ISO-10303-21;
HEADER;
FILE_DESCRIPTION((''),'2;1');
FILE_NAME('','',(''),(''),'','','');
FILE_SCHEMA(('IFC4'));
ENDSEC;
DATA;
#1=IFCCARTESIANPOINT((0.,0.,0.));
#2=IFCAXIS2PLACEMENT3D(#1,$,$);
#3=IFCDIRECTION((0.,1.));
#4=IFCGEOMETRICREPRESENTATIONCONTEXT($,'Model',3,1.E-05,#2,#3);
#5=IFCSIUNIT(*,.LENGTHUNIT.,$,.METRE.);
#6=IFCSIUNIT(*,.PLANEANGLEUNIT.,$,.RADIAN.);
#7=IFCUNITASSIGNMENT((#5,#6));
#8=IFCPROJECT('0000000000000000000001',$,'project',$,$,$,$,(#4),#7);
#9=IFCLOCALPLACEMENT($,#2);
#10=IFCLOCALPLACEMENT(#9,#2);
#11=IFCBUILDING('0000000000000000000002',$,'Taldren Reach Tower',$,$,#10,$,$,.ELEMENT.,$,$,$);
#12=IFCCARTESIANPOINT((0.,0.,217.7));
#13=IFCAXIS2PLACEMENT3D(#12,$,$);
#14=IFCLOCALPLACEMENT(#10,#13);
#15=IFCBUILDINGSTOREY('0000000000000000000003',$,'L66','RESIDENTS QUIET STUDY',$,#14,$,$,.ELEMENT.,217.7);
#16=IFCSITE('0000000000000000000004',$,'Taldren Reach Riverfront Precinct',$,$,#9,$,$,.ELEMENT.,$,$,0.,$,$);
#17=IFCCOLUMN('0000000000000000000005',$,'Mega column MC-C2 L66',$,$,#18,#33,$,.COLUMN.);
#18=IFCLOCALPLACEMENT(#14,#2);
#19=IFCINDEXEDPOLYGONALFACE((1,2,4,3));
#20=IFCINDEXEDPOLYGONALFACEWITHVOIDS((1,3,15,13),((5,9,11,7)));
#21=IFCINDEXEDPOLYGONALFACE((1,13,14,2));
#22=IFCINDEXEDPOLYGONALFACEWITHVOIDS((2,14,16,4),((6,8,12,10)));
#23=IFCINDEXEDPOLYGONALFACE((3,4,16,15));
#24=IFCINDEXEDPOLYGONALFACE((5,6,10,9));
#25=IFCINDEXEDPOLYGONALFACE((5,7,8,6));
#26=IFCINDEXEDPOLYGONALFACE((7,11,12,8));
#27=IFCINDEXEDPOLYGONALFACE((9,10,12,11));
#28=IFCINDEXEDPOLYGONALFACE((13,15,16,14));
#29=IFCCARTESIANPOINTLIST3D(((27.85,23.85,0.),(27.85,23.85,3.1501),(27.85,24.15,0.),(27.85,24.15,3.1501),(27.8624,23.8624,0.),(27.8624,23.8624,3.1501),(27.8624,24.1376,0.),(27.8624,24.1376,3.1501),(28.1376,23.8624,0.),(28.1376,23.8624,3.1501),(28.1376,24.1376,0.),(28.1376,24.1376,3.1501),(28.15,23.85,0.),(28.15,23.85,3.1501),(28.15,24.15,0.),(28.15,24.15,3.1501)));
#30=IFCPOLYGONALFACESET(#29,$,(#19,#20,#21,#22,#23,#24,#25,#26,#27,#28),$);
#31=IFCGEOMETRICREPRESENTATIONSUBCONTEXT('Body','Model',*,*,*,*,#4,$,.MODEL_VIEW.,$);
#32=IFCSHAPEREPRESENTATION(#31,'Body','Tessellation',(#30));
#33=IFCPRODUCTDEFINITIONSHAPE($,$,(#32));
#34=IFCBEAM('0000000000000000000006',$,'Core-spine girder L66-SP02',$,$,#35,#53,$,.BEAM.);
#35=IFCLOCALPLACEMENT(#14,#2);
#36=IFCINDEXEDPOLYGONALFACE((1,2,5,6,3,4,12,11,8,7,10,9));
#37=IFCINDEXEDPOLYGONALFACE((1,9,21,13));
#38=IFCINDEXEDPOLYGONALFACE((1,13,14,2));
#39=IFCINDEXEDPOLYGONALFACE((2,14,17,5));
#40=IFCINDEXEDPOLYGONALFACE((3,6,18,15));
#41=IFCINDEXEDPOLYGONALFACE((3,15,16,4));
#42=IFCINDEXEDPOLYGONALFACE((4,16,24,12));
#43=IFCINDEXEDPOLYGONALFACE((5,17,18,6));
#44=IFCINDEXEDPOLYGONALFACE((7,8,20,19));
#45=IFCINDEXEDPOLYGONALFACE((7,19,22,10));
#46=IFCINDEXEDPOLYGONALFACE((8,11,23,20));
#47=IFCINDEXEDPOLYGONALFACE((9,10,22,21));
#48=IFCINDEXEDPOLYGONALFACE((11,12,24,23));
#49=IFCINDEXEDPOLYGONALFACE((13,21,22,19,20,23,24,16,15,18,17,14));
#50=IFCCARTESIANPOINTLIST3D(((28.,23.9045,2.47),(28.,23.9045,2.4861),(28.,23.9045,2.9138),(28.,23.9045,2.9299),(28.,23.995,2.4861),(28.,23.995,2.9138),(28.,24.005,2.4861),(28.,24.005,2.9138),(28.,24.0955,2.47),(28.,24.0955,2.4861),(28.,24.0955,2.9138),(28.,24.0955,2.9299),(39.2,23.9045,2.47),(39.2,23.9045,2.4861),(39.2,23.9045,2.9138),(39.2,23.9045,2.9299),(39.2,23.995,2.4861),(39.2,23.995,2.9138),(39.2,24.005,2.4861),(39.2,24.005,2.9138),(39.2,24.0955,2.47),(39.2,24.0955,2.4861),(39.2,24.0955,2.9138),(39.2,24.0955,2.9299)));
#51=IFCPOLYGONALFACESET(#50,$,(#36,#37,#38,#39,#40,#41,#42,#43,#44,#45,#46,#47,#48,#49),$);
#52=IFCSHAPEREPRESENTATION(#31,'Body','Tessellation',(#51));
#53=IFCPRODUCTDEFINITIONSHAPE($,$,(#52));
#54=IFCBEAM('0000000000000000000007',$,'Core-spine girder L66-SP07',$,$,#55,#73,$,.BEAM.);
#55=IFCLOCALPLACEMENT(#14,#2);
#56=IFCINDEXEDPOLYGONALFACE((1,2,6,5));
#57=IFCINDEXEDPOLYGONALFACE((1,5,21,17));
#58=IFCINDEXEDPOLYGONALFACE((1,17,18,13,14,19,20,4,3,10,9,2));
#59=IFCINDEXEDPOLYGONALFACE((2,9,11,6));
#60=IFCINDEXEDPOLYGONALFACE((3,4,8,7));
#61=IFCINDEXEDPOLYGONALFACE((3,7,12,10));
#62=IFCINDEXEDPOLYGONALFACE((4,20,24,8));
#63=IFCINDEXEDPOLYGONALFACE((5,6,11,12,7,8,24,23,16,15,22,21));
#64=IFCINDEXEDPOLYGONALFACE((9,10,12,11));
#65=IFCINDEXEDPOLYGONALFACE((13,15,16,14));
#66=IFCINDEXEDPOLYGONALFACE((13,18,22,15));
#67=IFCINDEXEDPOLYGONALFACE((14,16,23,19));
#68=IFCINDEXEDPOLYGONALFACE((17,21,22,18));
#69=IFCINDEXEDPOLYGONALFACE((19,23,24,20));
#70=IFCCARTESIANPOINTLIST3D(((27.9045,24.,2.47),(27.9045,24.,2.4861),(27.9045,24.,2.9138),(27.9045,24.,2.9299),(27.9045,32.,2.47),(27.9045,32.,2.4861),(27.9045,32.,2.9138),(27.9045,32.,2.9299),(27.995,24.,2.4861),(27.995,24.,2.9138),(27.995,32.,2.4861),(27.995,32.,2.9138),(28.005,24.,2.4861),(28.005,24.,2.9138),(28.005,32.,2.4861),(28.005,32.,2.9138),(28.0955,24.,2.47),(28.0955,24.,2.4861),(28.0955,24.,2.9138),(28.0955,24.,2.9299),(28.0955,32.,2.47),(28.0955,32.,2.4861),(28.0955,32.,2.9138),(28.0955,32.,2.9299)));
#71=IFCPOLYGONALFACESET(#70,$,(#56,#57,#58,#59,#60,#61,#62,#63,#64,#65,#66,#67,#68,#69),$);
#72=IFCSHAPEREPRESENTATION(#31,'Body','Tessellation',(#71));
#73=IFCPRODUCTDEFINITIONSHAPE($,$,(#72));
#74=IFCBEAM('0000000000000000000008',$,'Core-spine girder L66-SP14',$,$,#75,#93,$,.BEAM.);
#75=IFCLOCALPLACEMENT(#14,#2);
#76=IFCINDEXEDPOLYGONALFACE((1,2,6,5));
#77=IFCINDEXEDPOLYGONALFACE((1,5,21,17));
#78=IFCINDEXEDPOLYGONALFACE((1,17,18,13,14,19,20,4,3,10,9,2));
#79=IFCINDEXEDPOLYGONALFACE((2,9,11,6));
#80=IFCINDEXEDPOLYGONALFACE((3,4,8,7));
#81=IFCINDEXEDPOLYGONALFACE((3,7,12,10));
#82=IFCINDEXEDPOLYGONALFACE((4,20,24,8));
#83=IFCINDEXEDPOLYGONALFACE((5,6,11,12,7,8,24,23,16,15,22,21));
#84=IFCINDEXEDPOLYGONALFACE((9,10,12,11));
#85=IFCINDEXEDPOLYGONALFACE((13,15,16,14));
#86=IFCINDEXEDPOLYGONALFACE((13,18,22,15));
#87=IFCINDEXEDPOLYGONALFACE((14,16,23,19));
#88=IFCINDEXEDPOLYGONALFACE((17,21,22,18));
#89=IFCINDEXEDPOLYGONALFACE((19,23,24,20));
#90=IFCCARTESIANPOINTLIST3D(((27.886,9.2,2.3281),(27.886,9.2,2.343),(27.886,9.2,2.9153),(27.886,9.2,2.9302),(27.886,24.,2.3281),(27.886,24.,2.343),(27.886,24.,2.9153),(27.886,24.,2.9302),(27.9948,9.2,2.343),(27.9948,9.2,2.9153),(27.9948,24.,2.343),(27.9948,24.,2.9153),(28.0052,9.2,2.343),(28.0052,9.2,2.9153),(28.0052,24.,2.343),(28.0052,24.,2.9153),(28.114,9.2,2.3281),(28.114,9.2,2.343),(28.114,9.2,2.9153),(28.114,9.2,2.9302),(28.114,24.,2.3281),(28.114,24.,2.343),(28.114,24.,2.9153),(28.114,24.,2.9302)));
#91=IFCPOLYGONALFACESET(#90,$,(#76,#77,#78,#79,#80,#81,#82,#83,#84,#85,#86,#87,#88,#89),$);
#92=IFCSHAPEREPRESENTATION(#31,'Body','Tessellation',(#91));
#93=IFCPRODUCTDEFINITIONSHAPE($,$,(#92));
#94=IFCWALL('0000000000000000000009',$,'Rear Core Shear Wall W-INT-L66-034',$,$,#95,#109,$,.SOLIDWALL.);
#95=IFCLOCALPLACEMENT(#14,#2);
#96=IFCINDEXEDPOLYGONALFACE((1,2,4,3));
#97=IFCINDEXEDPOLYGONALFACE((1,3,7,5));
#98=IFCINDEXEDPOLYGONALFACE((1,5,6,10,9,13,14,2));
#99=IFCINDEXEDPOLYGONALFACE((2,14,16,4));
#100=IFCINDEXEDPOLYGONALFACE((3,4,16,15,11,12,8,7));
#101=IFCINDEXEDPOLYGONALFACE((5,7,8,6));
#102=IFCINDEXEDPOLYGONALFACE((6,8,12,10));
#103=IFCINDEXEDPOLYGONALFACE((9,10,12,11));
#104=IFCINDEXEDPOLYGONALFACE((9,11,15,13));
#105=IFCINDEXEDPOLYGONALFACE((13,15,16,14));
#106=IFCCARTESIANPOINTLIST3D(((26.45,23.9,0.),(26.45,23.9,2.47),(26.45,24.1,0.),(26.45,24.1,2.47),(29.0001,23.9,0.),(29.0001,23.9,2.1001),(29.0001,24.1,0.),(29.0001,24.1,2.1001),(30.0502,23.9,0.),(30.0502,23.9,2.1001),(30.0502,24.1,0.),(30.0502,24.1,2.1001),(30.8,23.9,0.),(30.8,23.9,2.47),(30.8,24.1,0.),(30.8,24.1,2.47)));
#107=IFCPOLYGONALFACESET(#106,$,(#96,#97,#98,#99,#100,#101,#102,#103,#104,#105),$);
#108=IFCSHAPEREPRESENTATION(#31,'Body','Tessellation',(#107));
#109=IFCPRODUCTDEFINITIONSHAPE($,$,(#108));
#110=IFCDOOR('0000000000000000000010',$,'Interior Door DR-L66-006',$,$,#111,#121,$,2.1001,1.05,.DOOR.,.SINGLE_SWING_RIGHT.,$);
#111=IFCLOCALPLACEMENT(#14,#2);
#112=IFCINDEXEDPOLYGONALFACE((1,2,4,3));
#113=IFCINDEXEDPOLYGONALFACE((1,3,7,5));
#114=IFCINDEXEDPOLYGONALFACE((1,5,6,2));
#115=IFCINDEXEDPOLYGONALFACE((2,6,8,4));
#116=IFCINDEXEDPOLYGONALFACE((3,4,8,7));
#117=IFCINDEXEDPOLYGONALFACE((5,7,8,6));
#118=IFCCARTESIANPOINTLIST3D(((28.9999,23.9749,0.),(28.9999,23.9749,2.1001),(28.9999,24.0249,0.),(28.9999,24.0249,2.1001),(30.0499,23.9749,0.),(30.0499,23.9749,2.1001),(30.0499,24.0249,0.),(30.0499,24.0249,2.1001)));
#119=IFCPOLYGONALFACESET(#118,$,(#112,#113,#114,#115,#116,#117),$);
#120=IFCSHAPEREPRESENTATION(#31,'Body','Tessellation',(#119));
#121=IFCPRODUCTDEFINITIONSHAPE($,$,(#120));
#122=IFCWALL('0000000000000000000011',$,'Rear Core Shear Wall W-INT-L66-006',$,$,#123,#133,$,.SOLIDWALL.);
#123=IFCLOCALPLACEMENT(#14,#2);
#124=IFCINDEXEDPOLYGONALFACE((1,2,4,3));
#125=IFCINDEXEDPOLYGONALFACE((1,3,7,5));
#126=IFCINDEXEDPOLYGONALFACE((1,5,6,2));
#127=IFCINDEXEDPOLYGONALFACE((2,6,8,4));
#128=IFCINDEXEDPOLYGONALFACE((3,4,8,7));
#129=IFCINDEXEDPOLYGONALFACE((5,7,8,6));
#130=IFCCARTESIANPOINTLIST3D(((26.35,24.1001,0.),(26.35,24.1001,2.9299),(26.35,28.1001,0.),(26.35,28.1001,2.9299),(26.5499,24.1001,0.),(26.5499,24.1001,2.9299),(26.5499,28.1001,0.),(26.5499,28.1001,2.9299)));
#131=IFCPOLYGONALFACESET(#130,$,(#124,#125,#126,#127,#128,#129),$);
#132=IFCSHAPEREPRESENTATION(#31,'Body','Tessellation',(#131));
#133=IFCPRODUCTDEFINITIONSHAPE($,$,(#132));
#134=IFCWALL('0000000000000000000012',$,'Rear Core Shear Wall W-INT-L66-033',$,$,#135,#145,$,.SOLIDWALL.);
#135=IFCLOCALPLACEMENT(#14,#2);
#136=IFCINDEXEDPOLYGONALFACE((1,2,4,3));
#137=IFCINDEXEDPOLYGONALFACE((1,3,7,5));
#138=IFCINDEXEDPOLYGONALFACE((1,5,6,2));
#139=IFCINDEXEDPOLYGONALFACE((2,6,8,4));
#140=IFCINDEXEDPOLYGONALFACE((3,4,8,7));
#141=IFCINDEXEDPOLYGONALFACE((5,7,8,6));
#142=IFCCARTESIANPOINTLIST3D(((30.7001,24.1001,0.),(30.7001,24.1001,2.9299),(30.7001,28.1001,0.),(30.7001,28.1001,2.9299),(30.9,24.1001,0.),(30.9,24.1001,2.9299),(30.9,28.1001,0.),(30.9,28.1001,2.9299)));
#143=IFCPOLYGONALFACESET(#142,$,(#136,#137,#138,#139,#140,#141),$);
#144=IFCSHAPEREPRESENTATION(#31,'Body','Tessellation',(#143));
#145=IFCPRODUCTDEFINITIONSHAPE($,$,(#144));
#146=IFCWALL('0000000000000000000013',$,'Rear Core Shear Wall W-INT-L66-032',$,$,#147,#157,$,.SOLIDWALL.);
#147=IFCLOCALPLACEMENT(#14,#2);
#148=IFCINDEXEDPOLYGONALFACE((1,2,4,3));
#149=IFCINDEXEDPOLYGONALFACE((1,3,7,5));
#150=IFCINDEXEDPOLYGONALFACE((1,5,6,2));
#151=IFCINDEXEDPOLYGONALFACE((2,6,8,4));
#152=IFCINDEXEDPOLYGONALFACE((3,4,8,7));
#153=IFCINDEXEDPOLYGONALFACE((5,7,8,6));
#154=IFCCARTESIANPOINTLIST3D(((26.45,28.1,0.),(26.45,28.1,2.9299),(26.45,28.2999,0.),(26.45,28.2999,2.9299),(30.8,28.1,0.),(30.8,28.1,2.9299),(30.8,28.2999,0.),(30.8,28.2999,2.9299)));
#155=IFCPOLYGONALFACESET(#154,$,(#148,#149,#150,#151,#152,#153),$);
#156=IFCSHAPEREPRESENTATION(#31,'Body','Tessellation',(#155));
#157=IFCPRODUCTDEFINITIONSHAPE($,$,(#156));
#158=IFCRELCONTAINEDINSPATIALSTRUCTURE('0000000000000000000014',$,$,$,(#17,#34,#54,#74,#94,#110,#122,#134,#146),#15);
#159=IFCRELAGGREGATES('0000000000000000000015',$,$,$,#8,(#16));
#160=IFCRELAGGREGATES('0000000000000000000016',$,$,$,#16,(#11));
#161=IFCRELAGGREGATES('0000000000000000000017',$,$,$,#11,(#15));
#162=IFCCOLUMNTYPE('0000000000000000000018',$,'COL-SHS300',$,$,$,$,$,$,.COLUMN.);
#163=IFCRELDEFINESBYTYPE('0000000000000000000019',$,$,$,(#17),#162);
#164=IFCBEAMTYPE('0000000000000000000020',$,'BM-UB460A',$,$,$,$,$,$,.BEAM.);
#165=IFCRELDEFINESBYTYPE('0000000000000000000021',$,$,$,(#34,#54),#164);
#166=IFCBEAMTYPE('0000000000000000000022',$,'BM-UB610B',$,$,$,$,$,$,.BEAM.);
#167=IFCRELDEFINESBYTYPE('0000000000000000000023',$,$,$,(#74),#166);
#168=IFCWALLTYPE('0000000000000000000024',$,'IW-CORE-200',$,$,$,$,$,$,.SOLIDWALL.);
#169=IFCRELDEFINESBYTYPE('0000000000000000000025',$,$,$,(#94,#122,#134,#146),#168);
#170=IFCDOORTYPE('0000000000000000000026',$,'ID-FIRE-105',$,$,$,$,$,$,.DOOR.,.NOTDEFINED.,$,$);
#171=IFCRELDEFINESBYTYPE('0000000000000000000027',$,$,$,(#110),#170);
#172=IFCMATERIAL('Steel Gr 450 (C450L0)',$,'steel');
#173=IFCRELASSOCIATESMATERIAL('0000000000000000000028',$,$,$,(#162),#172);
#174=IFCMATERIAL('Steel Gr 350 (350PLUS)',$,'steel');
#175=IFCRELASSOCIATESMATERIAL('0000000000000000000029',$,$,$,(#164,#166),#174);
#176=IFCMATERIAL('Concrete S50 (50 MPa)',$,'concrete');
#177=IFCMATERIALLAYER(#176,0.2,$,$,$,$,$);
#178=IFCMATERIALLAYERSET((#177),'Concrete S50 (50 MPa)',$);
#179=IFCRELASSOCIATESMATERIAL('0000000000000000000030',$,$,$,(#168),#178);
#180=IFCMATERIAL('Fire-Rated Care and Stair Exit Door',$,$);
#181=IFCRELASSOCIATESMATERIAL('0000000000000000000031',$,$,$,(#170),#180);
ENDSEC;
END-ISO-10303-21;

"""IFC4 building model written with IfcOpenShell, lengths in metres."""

from ifc_helpers import new_model, si_unit, direction, frame, frame_2d, origin, origin_2d, place, context, subcontext, project, spatial, rectangle, hollow_rectangle, i_section, extrude, source, transform, mapped, material, layer, layer_set, material_profile, profile_set, type_object, element, fill, save


model = new_model("IFC4")

# Units and contexts
model_context = context("Model", 3, precision=1e-05, world=origin(), true_north=direction((0.0, 1.0)))
body_context = subcontext(model_context, "Body", "Model", "MODEL_VIEW")
ifc_project = project(units=[si_unit("LENGTHUNIT", "METRE"), si_unit("PLANEANGLEUNIT", "RADIAN")], contexts=[model_context])

# Site, building, storey
site_placement = place(None, origin())
site = spatial("IfcSite", under=ifc_project, at=site_placement, Name="Taldren Reach Riverfront Precinct", CompositionType="ELEMENT", RefElevation=0.0)
building_placement = place(site_placement, origin())
building = spatial("IfcBuilding", under=site, at=building_placement, Name="Taldren Reach Tower", CompositionType="ELEMENT")
storey_placement = place(building_placement, frame((0.0, 0.0, 217.7)))
storey = spatial("IfcBuildingStorey", under=building, at=storey_placement, Name="L66", Description="RESIDENTS QUIET STUDY", CompositionType="ELEMENT", Elevation=217.7)

# Column
ifc_material_1 = material(Name="Steel Gr 450 (C450L0)", Category="steel")
ifc_material_profile_1 = material_profile(ifc_material_1, hollow_rectangle(XDim=0.3, YDim=0.3, WallThickness=0.0125, at=origin_2d()), Name="300x300x12.5SHS")
ifc_profile_set_1 = profile_set([ifc_material_profile_1], Name="Steel Gr 450 (C450L0)")
column_type = type_object("IfcColumnType", Name="COL-SHS300", PredefinedType="COLUMN", material=ifc_profile_set_1)
shared_shape_1 = source(origin(), body_context, "Body", "SweptSolid", [
    extrude(hollow_rectangle(XDim=0.3, YDim=0.3, WallThickness=0.0125, at=origin_2d()), origin(), (0.0, 0.0, 1.0), 3.1501),
])
column_placement = place(storey_placement, frame((28.0, 24.0, 0.0), z_axis=(0.0, 0.0, 1.0), x_axis=(1.0, 0.0, 0.0)))
element("IfcColumn", 1, at=column_placement, inside=storey, type_object=column_type, Name="Mega column MC-C2 L66", PredefinedType="COLUMN", context=body_context, shape_type="MappedRepresentation", body=[
    mapped(shared_shape_1, transform((0.0, 0.0, 0.0), scale=1.0)),
])

# Beams
ifc_material_2 = material(Name="Steel Gr 350 (350PLUS)", Category="steel")
ifc_material_profile_2 = material_profile(ifc_material_2, i_section(OverallWidth=0.1909, OverallDepth=0.46, WebThickness=0.01, FlangeThickness=0.0161, at=origin_2d()), Name="460UB82.1")
ifc_profile_set_2 = profile_set([ifc_material_profile_2], Name="Steel Gr 350 (350PLUS)")
beam_type_1 = type_object("IfcBeamType", Name="BM-UB460A", PredefinedType="BEAM", material=ifc_profile_set_2)
shared_shape_2 = source(origin(), body_context, "Body", "SweptSolid", [
    extrude(i_section(OverallWidth=0.1909, OverallDepth=0.46, WebThickness=0.01, FlangeThickness=0.0161, at=origin_2d()), origin(), (0.0, 0.0, 1.0), 11.2),
])
beam_1_placement = place(storey_placement, frame((28.0, 24.0, 2.7), z_axis=(1.0, 0.0, 0.0), x_axis=(0.0, 1.0, 0.0)))
element("IfcBeam", 2, at=beam_1_placement, inside=storey, type_object=beam_type_1, Name="Core-spine girder L66-SP02", PredefinedType="BEAM", context=body_context, shape_type="MappedRepresentation", body=[
    mapped(shared_shape_2, transform((0.0, 0.0, 0.0), scale=1.0)),
])
shared_shape_3 = source(origin(), body_context, "Body", "SweptSolid", [
    extrude(i_section(OverallWidth=0.1909, OverallDepth=0.46, WebThickness=0.01, FlangeThickness=0.0161, at=origin_2d()), origin(), (0.0, 0.0, 1.0), 8.0),
])
beam_2_placement = place(storey_placement, frame((28.0, 24.0, 2.7), z_axis=(0.0, 1.0, 0.0), x_axis=(-1.0, 0.0, 0.0)))
element("IfcBeam", 3, at=beam_2_placement, inside=storey, type_object=beam_type_1, Name="Core-spine girder L66-SP07", PredefinedType="BEAM", context=body_context, shape_type="MappedRepresentation", body=[
    mapped(shared_shape_3, transform((0.0, 0.0, 0.0), scale=1.0)),
])
ifc_material_profile_3 = material_profile(ifc_material_2, i_section(OverallWidth=0.228, OverallDepth=0.6021, WebThickness=0.0105, FlangeThickness=0.0149, at=origin_2d()), Name="610UB101")
ifc_profile_set_3 = profile_set([ifc_material_profile_3], Name="Steel Gr 350 (350PLUS)")
beam_type_2 = type_object("IfcBeamType", Name="BM-UB610B", PredefinedType="BEAM", material=ifc_profile_set_3)
shared_shape_4 = source(origin(), body_context, "Body", "SweptSolid", [
    extrude(i_section(OverallWidth=0.228, OverallDepth=0.6021, WebThickness=0.0105, FlangeThickness=0.0149, at=origin_2d()), origin(), (0.0, 0.0, 1.0), 14.8),
])
beam_3_placement = place(storey_placement, frame((28.0, 24.0, 2.6292), z_axis=(0.0, -1.0, 0.0), x_axis=(1.0, 0.0, 0.0)))
element("IfcBeam", 4, at=beam_3_placement, inside=storey, type_object=beam_type_2, Name="Core-spine girder L66-SP14", PredefinedType="BEAM", context=body_context, shape_type="MappedRepresentation", body=[
    mapped(shared_shape_4, transform((0.0, 0.0, 0.0), scale=1.0)),
])

# Wall, opening, door
ifc_material_3 = material(Name="Concrete S50 (50 MPa)", Category="concrete")
ifc_layer_1 = layer(ifc_material_3, 0.2)
ifc_layer_set_1 = layer_set([ifc_layer_1], Name="Concrete S50 (50 MPa)")
wall_type_1 = type_object("IfcWallType", Name="IW-CORE-200", PredefinedType="SOLIDWALL", material=ifc_layer_set_1)
shared_shape_5 = source(origin(), body_context, "Body", "SweptSolid", [
    extrude(rectangle(XDim=4.3501, YDim=0.2, at=frame_2d((2.175, 0.0))), origin(), (0.0, 0.0, 1.0), 2.47),
])
wall_1_placement = place(storey_placement, frame((30.8, 24.0, 0.0), z_axis=(0.0, 0.0, 1.0), x_axis=(-1.0, 0.0, 0.0)))
wall_1 = element("IfcWall", 5, at=wall_1_placement, inside=storey, type_object=wall_type_1, Name="Rear Core Shear Wall W-INT-L66-034", PredefinedType="SOLIDWALL", context=body_context, shape_type="MappedRepresentation", body=[
    mapped(shared_shape_5, transform((0.0, 0.0, 0.0), scale=1.0)),
])
shared_shape_6 = source(origin(), body_context, "Body", "SweptSolid", [
    extrude(rectangle(XDim=1.05, YDim=2.1001, at=frame_2d((0.5249, 1.05))), frame((0.0, 0.1099, 0.0), z_axis=(0.0, -1.0, 0.0), x_axis=(1.0, 0.0, 0.0)), (0.0, 0.0, 1.0), 0.22),
])
opening_1_placement = place(wall_1_placement, frame((0.75, 0.0, 0.0)))
opening_1 = element("IfcOpeningElement", 6, at=opening_1_placement, cuts=wall_1, PredefinedType="OPENING", context=body_context, shape_type="MappedRepresentation", body=[
    mapped(shared_shape_6, transform((0.0, 0.0, 0.0), scale=1.0)),
])
ifc_material_4 = material(Name="Fire-Rated Care and Stair Exit Door")
door_type_1 = type_object("IfcDoorType", Name="ID-FIRE-105", OperationType="NOTDEFINED", PredefinedType="DOOR", material=ifc_material_4)
shared_shape_7 = source(origin(), body_context, "Body", "SweptSolid", [
    extrude(rectangle(XDim=1.05, YDim=2.1001, at=frame_2d((0.5249, 1.05))), frame((0.0, 0.0249, 0.0), z_axis=(0.0, -1.0, 0.0), x_axis=(1.0, 0.0, 0.0)), (0.0, 0.0, 1.0), 0.05),
])
door_1_placement = place(opening_1_placement, frame((1.05, 0.0, 0.0), z_axis=(0.0, 0.0, 1.0), x_axis=(-1.0, 0.0, 0.0)))
door_1 = element("IfcDoor", 7, at=door_1_placement, inside=storey, type_object=door_type_1, Name="Interior Door DR-L66-006", OperationType="SINGLE_SWING_RIGHT", OverallHeight=2.1001, OverallWidth=1.05, PredefinedType="DOOR", context=body_context, shape_type="MappedRepresentation", body=[
    mapped(shared_shape_7, transform((0.0, 0.0, 0.0), scale=1.0)),
])
fill(opening_1, door_1)

# Walls
shared_shape_8 = source(origin(), body_context, "Body", "SweptSolid", [
    extrude(rectangle(XDim=4.0, YDim=0.2, at=frame_2d((2.0, 0.0))), origin(), (0.0, 0.0, 1.0), 2.9299),
])
for number, where, z_axis, x_axis, name in (
    (8, (26.45, 24.1001, 0.0), (0.0, 0.0, 1.0), (0.0, 1.0, 0.0), "Rear Core Shear Wall W-INT-L66-006"),
    (9, (30.8, 28.1001, 0.0), (0.0, 0.0, 1.0), (0.0, -1.0, 0.0), "Rear Core Shear Wall W-INT-L66-033"),
):
    element("IfcWall", number, at=place(storey_placement, frame(where, z_axis=z_axis, x_axis=x_axis)), inside=storey, type_object=wall_type_1, Name=name, PredefinedType="SOLIDWALL", context=body_context, shape_type="MappedRepresentation", body=[
        mapped(shared_shape_8, transform((0.0, 0.0, 0.0), scale=1.0)),
    ])
shared_shape_9 = source(origin(), body_context, "Body", "SweptSolid", [
    extrude(rectangle(XDim=4.3501, YDim=0.2, at=frame_2d((2.175, 0.0))), origin(), (0.0, 0.0, 1.0), 2.9299),
])
wall_2_placement = place(storey_placement, frame((26.45, 28.2, 0.0), z_axis=(0.0, 0.0, 1.0), x_axis=(1.0, 0.0, 0.0)))
element("IfcWall", 10, at=wall_2_placement, inside=storey, type_object=wall_type_1, Name="Rear Core Shear Wall W-INT-L66-032", PredefinedType="SOLIDWALL", context=body_context, shape_type="MappedRepresentation", body=[
    mapped(shared_shape_9, transform((0.0, 0.0, 0.0), scale=1.0)),
])

save(model, "model.ifc")
